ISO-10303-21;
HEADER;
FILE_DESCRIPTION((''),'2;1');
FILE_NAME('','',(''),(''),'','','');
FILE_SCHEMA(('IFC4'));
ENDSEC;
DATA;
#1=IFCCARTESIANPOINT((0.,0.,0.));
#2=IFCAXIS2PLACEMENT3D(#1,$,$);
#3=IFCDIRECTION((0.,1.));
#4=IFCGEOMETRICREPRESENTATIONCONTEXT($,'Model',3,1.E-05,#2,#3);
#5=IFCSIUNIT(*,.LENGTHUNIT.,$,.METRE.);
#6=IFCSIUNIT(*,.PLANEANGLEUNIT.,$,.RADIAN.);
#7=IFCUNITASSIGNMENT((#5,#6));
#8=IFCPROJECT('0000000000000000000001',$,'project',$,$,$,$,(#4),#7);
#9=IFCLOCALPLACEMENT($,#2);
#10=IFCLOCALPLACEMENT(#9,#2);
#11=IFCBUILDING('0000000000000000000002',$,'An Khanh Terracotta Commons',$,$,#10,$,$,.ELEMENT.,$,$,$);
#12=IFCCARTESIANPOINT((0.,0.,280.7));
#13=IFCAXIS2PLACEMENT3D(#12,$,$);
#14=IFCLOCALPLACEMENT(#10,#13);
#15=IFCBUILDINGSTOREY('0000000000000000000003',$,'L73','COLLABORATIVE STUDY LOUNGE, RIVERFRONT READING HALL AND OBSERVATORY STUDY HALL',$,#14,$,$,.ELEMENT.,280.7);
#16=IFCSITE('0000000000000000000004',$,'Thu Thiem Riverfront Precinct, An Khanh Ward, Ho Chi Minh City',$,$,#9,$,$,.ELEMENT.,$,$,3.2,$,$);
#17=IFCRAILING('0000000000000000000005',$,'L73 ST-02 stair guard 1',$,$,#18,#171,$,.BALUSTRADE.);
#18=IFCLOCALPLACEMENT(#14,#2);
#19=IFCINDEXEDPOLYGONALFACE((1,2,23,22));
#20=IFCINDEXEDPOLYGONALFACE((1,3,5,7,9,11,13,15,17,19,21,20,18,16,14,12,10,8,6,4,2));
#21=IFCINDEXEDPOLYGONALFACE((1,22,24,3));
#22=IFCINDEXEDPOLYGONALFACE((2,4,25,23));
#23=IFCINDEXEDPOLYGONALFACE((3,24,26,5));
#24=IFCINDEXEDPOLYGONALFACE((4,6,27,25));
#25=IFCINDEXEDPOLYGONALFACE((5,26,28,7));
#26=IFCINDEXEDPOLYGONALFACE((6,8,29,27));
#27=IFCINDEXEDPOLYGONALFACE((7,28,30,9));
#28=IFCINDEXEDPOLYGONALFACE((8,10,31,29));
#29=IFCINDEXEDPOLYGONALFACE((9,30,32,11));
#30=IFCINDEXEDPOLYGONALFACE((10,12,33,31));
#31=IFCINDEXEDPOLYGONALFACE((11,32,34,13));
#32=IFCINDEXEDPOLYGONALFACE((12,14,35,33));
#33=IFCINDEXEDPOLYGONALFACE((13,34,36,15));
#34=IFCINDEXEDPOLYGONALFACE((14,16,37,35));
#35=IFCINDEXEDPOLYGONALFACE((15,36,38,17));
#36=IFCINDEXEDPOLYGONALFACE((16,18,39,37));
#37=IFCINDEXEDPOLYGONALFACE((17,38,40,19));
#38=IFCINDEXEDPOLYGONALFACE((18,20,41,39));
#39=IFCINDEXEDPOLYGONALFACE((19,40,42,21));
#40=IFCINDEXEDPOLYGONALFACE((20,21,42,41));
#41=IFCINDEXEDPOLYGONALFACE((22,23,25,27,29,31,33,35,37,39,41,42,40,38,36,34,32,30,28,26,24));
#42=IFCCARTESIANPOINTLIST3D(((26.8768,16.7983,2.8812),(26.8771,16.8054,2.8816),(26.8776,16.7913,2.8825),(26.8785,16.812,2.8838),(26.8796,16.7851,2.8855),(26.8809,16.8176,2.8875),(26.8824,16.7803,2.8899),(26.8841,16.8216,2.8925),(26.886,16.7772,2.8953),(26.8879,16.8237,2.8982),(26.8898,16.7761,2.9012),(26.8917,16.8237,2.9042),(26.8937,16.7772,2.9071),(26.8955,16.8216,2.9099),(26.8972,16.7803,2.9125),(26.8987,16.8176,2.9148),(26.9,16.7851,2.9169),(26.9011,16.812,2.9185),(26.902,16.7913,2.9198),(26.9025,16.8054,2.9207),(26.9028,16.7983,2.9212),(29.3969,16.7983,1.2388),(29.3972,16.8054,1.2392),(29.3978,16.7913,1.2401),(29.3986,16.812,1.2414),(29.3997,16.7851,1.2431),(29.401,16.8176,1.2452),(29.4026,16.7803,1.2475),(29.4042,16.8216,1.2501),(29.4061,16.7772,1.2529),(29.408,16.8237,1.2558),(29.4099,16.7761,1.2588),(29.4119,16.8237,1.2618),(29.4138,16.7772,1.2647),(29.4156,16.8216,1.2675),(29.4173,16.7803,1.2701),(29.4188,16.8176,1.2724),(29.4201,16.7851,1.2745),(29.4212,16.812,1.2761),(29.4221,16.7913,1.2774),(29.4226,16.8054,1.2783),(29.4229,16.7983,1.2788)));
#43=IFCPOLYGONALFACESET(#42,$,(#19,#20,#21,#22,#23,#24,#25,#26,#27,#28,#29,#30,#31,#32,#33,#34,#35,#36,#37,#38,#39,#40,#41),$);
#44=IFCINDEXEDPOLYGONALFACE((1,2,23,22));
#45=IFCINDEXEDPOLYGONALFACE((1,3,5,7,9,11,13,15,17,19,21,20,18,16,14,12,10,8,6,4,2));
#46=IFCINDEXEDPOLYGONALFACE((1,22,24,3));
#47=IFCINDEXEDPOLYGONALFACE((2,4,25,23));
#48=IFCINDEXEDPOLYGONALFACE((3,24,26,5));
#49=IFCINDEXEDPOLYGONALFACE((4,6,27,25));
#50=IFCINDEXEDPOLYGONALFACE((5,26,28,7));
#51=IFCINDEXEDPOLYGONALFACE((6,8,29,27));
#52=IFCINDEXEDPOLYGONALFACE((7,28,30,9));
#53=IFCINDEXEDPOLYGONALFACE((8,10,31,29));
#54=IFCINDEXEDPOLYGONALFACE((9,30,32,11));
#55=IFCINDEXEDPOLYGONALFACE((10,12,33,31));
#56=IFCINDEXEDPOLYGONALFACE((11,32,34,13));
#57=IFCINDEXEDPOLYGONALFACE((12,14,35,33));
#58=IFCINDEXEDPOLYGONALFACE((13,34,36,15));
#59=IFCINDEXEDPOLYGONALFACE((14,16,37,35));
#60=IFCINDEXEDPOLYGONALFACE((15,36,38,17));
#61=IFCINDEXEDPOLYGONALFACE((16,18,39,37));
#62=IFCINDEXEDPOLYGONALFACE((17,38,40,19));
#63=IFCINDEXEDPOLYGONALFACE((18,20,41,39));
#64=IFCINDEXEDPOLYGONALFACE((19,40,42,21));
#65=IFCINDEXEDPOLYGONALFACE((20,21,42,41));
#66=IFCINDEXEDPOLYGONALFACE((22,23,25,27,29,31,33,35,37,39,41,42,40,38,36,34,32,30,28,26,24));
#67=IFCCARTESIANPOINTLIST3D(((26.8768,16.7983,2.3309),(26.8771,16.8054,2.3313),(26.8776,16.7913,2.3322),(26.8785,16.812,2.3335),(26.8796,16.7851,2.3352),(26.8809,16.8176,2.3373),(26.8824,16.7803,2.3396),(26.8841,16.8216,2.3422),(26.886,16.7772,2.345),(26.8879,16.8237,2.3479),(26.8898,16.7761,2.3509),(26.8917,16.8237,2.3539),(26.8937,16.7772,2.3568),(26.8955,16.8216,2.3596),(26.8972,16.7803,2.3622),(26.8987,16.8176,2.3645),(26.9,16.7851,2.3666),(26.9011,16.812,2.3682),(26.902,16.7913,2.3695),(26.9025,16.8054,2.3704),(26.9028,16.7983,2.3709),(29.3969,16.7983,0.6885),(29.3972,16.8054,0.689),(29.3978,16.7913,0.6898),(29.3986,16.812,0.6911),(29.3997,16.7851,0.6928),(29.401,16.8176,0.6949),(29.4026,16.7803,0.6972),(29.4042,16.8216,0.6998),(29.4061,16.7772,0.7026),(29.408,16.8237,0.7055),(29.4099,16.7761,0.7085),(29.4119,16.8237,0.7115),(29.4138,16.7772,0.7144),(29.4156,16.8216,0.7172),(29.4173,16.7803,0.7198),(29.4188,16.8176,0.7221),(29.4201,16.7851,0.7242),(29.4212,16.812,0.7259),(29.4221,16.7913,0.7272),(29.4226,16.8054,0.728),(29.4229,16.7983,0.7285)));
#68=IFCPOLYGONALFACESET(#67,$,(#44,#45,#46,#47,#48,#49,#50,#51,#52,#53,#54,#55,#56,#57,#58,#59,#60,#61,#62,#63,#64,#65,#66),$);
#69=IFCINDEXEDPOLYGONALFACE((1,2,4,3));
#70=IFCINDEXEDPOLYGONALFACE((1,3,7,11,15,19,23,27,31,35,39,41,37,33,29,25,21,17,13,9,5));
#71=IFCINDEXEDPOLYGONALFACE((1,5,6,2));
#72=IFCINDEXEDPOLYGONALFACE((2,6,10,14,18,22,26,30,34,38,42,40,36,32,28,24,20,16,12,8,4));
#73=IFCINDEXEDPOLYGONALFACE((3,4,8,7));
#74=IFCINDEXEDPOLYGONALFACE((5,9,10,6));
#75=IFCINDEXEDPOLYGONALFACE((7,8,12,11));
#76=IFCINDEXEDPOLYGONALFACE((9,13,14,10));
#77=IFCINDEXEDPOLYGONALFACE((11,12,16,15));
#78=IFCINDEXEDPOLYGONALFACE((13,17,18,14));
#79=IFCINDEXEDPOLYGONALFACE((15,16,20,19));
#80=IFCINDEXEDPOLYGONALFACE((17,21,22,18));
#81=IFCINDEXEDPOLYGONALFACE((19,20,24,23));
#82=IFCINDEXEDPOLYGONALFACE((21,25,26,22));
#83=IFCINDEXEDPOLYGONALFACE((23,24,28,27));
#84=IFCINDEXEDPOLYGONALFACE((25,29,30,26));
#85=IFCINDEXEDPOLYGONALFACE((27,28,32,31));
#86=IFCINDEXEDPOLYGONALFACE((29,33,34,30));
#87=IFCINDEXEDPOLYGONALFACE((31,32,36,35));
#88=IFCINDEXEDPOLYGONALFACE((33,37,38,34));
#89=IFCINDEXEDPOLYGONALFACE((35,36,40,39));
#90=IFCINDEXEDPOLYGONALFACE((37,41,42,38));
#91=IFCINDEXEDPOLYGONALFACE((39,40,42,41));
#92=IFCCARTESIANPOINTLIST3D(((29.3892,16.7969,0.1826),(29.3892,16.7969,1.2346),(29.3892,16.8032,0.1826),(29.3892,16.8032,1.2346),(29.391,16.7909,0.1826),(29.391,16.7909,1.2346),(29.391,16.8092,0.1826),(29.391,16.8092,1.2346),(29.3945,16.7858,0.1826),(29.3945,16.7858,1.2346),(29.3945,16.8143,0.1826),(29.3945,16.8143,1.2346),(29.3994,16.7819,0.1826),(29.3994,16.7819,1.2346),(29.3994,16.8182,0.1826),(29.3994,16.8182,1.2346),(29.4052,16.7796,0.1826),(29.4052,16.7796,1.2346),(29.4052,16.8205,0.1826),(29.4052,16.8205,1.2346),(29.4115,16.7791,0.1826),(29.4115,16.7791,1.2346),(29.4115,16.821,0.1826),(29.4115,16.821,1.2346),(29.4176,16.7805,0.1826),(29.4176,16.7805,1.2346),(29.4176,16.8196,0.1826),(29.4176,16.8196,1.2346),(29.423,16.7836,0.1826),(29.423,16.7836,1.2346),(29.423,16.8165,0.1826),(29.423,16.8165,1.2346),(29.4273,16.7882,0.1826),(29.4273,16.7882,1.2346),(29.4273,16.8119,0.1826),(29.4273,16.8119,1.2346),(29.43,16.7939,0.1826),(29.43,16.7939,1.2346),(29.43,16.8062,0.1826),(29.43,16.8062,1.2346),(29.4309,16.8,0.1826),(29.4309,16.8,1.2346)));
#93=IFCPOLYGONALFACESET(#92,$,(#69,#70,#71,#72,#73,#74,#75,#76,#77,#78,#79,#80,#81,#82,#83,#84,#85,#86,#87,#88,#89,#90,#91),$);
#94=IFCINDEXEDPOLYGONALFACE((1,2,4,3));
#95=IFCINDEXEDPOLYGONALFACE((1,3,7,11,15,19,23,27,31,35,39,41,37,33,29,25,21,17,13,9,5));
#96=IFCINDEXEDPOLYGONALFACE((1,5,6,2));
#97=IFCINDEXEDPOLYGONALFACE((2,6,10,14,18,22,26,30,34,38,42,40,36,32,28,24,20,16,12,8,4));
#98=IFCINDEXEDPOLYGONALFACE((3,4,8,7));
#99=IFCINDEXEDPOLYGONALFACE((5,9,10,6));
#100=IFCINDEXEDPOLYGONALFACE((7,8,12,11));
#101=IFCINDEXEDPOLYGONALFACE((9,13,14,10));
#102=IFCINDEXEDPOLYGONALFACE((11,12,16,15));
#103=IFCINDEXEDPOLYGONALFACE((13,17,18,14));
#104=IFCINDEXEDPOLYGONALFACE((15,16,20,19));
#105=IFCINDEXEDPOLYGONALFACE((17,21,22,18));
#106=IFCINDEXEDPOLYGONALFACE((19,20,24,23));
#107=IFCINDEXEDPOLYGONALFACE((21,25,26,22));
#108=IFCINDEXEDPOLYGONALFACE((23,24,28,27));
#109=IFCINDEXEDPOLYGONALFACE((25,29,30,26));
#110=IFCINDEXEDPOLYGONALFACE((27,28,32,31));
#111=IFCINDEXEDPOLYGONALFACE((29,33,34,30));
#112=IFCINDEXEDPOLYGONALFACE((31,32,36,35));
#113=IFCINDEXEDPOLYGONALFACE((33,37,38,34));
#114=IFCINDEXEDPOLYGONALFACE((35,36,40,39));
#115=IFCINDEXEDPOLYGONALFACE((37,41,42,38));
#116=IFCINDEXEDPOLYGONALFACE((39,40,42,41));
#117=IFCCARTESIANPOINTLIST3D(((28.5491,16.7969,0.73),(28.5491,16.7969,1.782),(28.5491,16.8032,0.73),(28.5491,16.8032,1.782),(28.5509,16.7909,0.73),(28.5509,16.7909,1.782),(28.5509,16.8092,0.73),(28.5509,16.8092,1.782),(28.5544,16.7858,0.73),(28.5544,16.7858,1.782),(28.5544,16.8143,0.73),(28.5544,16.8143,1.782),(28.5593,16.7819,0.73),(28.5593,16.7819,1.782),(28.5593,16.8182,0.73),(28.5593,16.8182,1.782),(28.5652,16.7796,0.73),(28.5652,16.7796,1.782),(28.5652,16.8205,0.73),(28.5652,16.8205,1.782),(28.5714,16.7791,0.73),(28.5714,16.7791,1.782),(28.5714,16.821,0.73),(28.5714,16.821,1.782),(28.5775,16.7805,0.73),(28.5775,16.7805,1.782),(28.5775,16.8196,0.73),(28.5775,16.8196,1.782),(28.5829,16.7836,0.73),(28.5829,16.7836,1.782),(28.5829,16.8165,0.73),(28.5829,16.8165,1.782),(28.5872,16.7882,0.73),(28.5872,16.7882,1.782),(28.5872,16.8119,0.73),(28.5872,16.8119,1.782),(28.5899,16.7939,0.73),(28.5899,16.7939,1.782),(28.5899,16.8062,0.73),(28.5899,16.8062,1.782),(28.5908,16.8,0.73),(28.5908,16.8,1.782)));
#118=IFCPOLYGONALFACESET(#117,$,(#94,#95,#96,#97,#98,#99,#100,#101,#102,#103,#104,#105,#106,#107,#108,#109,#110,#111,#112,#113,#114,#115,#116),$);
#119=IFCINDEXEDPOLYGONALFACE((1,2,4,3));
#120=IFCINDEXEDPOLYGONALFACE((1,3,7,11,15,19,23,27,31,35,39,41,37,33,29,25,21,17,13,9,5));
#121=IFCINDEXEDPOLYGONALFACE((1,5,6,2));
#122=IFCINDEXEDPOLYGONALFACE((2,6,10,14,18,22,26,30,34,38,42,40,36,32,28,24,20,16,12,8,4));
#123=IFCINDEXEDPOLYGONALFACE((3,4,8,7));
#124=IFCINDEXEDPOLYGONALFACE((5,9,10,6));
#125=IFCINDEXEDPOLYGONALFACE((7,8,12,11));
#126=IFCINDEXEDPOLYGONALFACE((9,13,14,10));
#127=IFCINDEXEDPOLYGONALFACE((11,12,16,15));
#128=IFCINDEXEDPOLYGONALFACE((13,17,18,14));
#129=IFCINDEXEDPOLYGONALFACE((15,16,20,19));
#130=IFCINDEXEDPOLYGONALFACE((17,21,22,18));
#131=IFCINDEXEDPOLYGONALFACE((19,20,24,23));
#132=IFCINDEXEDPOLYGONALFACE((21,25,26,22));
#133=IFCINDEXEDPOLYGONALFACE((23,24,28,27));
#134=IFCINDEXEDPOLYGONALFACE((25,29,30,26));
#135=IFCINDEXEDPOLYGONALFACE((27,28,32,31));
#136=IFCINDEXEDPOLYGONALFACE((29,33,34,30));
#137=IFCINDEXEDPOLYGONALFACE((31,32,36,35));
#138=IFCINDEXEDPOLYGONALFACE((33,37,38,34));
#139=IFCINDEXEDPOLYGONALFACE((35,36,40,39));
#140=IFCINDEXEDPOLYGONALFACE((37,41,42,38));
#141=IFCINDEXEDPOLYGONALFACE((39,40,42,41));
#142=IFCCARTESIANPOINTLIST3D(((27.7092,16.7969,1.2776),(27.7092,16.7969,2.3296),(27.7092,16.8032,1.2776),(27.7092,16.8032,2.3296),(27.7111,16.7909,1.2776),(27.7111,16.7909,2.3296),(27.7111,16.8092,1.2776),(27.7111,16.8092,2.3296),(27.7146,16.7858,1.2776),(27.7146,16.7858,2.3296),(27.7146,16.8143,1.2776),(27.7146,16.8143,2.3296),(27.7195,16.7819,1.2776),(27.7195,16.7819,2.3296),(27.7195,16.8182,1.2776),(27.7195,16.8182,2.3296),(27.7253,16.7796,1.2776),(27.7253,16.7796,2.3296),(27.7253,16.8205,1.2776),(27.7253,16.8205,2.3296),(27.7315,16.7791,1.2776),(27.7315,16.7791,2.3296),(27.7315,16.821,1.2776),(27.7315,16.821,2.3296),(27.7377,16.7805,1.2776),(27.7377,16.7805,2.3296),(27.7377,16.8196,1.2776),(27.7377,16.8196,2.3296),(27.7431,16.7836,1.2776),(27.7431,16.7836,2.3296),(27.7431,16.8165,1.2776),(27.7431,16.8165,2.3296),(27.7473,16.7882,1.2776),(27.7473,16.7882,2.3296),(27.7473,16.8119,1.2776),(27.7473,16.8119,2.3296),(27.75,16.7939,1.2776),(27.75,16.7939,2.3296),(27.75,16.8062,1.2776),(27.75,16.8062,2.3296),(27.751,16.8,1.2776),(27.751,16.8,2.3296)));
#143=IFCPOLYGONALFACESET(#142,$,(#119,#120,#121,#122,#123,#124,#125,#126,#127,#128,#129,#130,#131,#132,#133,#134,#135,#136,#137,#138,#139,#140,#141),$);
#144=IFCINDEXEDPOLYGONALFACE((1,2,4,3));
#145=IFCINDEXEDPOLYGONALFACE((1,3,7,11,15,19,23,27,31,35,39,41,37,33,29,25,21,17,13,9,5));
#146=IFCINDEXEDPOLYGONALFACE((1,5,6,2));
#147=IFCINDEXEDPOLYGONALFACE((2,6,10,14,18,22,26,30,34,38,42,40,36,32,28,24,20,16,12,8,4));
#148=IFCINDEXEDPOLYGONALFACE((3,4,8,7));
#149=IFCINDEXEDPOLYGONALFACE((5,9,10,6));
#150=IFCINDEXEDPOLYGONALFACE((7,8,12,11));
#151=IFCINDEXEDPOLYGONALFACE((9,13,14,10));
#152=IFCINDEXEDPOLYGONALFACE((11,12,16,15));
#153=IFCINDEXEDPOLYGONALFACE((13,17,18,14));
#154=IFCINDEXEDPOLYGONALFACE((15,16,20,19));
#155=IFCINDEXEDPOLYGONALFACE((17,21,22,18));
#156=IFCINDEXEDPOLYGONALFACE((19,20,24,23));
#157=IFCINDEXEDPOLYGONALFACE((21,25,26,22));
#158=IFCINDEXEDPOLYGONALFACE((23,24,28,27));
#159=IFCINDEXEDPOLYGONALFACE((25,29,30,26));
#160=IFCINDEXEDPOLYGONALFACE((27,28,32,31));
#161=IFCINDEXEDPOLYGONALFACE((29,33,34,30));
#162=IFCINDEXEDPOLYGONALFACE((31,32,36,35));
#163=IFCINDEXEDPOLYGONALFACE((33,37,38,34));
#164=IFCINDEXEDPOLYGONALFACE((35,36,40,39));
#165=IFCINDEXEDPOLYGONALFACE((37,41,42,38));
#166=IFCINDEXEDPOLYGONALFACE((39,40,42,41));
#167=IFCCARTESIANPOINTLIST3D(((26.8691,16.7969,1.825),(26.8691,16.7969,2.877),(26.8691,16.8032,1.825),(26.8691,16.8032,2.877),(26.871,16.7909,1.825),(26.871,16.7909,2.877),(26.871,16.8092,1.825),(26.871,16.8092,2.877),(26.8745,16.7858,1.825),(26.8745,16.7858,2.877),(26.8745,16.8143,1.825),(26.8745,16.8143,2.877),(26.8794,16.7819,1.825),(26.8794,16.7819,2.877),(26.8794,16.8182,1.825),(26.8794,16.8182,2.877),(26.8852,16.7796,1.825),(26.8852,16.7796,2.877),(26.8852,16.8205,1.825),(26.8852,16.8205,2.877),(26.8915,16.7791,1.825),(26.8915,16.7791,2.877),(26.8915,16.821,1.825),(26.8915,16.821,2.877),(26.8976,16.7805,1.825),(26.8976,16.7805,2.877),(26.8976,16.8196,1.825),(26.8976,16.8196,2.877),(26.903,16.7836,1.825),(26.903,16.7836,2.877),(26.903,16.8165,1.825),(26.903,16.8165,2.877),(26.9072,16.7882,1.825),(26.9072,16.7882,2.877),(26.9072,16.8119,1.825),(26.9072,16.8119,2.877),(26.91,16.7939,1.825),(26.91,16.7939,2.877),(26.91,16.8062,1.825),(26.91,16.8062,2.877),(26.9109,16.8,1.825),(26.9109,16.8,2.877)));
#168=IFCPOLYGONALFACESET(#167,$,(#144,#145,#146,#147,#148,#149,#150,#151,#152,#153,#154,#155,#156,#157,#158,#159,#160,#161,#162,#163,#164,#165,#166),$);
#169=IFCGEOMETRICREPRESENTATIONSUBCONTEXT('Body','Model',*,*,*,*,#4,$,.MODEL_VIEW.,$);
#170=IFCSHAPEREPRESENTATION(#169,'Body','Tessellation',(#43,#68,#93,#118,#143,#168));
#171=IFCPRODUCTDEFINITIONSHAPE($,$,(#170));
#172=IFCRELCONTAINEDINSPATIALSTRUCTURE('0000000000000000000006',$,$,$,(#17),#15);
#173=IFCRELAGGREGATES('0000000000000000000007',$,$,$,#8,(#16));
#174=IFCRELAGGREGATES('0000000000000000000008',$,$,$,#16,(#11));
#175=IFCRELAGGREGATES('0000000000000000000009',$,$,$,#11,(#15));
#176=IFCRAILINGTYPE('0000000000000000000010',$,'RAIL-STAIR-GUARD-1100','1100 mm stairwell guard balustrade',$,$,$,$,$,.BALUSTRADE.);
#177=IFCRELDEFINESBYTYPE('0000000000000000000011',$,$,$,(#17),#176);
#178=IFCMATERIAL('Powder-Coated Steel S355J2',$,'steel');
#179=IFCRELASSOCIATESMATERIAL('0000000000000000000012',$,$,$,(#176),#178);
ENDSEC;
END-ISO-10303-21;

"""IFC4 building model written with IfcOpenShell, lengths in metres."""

from ifc_helpers import new_model, si_unit, direction, frame, origin, origin_2d, place, context, subcontext, project, spatial, circle, extrude, material, type_object, element, save


model = new_model("IFC4")

# Units and contexts
model_context = context("Model", 3, precision=1e-05, world=origin(), true_north=direction((0.0, 1.0)))
body_context = subcontext(model_context, "Body", "Model", "MODEL_VIEW")
ifc_project = project(units=[si_unit("LENGTHUNIT", "METRE"), si_unit("PLANEANGLEUNIT", "RADIAN")], contexts=[model_context])

# Site, building, storey
site_placement = place(None, origin())
site = spatial("IfcSite", under=ifc_project, at=site_placement, Name="Thu Thiem Riverfront Precinct, An Khanh Ward, Ho Chi Minh City", CompositionType="ELEMENT", RefElevation=3.2)
building_placement = place(site_placement, origin())
building = spatial("IfcBuilding", under=site, at=building_placement, Name="An Khanh Terracotta Commons", CompositionType="ELEMENT")
storey_placement = place(building_placement, frame((0.0, 0.0, 280.7)))
storey = spatial("IfcBuildingStorey", under=building, at=storey_placement, Name="L73", Description="COLLABORATIVE STUDY LOUNGE, RIVERFRONT READING HALL AND OBSERVATORY STUDY HALL", CompositionType="ELEMENT", Elevation=280.7)

# Railing
ifc_material_1 = material(Name="Powder-Coated Steel S355J2", Category="steel")
railing_type_1 = type_object("IfcRailingType", Name="RAIL-STAIR-GUARD-1100", Description="1100 mm stairwell guard balustrade", PredefinedType="BALUSTRADE", material=ifc_material_1)
railing_1_placement = place(storey_placement, frame((29.4099, 16.8, 0.1826)))
element("IfcRailing", 1, at=railing_1_placement, inside=storey, type_object=railing_type_1, Name="L73 ST-02 stair guard 1", PredefinedType="BALUSTRADE", context=body_context, shape_type="SweptSolid", body=[
    extrude(circle(Radius=0.0239, at=origin_2d()), frame((0.0, 0.0, 1.0762), z_axis=(-0.837787, 0.0, 0.545998), x_axis=(0.0, -1.0, 0.0)), (0.0, 0.0, 1.0), 3.0081),
    extrude(circle(Radius=0.0239, at=origin_2d()), frame((0.0, 0.0, 0.5259), z_axis=(-0.837787, 0.0, 0.545998), x_axis=(0.0, -1.0, 0.0)), (0.0, 0.0, 1.0), 3.0081),
    extrude(circle(Radius=0.021, at=origin_2d()), origin(), (0.0, 0.0, 1.0), 1.052),
    extrude(circle(Radius=0.021, at=origin_2d()), frame((-0.8401, 0.0, 0.5474)), (0.0, 0.0, 1.0), 1.052),
    extrude(circle(Radius=0.021, at=origin_2d()), frame((-1.6799, 0.0, 1.095)), (0.0, 0.0, 1.0), 1.052),
    extrude(circle(Radius=0.021, at=origin_2d()), frame((-2.52, 0.0, 1.6423)), (0.0, 0.0, 1.0), 1.052),
])

save(model, "model.ifc")
